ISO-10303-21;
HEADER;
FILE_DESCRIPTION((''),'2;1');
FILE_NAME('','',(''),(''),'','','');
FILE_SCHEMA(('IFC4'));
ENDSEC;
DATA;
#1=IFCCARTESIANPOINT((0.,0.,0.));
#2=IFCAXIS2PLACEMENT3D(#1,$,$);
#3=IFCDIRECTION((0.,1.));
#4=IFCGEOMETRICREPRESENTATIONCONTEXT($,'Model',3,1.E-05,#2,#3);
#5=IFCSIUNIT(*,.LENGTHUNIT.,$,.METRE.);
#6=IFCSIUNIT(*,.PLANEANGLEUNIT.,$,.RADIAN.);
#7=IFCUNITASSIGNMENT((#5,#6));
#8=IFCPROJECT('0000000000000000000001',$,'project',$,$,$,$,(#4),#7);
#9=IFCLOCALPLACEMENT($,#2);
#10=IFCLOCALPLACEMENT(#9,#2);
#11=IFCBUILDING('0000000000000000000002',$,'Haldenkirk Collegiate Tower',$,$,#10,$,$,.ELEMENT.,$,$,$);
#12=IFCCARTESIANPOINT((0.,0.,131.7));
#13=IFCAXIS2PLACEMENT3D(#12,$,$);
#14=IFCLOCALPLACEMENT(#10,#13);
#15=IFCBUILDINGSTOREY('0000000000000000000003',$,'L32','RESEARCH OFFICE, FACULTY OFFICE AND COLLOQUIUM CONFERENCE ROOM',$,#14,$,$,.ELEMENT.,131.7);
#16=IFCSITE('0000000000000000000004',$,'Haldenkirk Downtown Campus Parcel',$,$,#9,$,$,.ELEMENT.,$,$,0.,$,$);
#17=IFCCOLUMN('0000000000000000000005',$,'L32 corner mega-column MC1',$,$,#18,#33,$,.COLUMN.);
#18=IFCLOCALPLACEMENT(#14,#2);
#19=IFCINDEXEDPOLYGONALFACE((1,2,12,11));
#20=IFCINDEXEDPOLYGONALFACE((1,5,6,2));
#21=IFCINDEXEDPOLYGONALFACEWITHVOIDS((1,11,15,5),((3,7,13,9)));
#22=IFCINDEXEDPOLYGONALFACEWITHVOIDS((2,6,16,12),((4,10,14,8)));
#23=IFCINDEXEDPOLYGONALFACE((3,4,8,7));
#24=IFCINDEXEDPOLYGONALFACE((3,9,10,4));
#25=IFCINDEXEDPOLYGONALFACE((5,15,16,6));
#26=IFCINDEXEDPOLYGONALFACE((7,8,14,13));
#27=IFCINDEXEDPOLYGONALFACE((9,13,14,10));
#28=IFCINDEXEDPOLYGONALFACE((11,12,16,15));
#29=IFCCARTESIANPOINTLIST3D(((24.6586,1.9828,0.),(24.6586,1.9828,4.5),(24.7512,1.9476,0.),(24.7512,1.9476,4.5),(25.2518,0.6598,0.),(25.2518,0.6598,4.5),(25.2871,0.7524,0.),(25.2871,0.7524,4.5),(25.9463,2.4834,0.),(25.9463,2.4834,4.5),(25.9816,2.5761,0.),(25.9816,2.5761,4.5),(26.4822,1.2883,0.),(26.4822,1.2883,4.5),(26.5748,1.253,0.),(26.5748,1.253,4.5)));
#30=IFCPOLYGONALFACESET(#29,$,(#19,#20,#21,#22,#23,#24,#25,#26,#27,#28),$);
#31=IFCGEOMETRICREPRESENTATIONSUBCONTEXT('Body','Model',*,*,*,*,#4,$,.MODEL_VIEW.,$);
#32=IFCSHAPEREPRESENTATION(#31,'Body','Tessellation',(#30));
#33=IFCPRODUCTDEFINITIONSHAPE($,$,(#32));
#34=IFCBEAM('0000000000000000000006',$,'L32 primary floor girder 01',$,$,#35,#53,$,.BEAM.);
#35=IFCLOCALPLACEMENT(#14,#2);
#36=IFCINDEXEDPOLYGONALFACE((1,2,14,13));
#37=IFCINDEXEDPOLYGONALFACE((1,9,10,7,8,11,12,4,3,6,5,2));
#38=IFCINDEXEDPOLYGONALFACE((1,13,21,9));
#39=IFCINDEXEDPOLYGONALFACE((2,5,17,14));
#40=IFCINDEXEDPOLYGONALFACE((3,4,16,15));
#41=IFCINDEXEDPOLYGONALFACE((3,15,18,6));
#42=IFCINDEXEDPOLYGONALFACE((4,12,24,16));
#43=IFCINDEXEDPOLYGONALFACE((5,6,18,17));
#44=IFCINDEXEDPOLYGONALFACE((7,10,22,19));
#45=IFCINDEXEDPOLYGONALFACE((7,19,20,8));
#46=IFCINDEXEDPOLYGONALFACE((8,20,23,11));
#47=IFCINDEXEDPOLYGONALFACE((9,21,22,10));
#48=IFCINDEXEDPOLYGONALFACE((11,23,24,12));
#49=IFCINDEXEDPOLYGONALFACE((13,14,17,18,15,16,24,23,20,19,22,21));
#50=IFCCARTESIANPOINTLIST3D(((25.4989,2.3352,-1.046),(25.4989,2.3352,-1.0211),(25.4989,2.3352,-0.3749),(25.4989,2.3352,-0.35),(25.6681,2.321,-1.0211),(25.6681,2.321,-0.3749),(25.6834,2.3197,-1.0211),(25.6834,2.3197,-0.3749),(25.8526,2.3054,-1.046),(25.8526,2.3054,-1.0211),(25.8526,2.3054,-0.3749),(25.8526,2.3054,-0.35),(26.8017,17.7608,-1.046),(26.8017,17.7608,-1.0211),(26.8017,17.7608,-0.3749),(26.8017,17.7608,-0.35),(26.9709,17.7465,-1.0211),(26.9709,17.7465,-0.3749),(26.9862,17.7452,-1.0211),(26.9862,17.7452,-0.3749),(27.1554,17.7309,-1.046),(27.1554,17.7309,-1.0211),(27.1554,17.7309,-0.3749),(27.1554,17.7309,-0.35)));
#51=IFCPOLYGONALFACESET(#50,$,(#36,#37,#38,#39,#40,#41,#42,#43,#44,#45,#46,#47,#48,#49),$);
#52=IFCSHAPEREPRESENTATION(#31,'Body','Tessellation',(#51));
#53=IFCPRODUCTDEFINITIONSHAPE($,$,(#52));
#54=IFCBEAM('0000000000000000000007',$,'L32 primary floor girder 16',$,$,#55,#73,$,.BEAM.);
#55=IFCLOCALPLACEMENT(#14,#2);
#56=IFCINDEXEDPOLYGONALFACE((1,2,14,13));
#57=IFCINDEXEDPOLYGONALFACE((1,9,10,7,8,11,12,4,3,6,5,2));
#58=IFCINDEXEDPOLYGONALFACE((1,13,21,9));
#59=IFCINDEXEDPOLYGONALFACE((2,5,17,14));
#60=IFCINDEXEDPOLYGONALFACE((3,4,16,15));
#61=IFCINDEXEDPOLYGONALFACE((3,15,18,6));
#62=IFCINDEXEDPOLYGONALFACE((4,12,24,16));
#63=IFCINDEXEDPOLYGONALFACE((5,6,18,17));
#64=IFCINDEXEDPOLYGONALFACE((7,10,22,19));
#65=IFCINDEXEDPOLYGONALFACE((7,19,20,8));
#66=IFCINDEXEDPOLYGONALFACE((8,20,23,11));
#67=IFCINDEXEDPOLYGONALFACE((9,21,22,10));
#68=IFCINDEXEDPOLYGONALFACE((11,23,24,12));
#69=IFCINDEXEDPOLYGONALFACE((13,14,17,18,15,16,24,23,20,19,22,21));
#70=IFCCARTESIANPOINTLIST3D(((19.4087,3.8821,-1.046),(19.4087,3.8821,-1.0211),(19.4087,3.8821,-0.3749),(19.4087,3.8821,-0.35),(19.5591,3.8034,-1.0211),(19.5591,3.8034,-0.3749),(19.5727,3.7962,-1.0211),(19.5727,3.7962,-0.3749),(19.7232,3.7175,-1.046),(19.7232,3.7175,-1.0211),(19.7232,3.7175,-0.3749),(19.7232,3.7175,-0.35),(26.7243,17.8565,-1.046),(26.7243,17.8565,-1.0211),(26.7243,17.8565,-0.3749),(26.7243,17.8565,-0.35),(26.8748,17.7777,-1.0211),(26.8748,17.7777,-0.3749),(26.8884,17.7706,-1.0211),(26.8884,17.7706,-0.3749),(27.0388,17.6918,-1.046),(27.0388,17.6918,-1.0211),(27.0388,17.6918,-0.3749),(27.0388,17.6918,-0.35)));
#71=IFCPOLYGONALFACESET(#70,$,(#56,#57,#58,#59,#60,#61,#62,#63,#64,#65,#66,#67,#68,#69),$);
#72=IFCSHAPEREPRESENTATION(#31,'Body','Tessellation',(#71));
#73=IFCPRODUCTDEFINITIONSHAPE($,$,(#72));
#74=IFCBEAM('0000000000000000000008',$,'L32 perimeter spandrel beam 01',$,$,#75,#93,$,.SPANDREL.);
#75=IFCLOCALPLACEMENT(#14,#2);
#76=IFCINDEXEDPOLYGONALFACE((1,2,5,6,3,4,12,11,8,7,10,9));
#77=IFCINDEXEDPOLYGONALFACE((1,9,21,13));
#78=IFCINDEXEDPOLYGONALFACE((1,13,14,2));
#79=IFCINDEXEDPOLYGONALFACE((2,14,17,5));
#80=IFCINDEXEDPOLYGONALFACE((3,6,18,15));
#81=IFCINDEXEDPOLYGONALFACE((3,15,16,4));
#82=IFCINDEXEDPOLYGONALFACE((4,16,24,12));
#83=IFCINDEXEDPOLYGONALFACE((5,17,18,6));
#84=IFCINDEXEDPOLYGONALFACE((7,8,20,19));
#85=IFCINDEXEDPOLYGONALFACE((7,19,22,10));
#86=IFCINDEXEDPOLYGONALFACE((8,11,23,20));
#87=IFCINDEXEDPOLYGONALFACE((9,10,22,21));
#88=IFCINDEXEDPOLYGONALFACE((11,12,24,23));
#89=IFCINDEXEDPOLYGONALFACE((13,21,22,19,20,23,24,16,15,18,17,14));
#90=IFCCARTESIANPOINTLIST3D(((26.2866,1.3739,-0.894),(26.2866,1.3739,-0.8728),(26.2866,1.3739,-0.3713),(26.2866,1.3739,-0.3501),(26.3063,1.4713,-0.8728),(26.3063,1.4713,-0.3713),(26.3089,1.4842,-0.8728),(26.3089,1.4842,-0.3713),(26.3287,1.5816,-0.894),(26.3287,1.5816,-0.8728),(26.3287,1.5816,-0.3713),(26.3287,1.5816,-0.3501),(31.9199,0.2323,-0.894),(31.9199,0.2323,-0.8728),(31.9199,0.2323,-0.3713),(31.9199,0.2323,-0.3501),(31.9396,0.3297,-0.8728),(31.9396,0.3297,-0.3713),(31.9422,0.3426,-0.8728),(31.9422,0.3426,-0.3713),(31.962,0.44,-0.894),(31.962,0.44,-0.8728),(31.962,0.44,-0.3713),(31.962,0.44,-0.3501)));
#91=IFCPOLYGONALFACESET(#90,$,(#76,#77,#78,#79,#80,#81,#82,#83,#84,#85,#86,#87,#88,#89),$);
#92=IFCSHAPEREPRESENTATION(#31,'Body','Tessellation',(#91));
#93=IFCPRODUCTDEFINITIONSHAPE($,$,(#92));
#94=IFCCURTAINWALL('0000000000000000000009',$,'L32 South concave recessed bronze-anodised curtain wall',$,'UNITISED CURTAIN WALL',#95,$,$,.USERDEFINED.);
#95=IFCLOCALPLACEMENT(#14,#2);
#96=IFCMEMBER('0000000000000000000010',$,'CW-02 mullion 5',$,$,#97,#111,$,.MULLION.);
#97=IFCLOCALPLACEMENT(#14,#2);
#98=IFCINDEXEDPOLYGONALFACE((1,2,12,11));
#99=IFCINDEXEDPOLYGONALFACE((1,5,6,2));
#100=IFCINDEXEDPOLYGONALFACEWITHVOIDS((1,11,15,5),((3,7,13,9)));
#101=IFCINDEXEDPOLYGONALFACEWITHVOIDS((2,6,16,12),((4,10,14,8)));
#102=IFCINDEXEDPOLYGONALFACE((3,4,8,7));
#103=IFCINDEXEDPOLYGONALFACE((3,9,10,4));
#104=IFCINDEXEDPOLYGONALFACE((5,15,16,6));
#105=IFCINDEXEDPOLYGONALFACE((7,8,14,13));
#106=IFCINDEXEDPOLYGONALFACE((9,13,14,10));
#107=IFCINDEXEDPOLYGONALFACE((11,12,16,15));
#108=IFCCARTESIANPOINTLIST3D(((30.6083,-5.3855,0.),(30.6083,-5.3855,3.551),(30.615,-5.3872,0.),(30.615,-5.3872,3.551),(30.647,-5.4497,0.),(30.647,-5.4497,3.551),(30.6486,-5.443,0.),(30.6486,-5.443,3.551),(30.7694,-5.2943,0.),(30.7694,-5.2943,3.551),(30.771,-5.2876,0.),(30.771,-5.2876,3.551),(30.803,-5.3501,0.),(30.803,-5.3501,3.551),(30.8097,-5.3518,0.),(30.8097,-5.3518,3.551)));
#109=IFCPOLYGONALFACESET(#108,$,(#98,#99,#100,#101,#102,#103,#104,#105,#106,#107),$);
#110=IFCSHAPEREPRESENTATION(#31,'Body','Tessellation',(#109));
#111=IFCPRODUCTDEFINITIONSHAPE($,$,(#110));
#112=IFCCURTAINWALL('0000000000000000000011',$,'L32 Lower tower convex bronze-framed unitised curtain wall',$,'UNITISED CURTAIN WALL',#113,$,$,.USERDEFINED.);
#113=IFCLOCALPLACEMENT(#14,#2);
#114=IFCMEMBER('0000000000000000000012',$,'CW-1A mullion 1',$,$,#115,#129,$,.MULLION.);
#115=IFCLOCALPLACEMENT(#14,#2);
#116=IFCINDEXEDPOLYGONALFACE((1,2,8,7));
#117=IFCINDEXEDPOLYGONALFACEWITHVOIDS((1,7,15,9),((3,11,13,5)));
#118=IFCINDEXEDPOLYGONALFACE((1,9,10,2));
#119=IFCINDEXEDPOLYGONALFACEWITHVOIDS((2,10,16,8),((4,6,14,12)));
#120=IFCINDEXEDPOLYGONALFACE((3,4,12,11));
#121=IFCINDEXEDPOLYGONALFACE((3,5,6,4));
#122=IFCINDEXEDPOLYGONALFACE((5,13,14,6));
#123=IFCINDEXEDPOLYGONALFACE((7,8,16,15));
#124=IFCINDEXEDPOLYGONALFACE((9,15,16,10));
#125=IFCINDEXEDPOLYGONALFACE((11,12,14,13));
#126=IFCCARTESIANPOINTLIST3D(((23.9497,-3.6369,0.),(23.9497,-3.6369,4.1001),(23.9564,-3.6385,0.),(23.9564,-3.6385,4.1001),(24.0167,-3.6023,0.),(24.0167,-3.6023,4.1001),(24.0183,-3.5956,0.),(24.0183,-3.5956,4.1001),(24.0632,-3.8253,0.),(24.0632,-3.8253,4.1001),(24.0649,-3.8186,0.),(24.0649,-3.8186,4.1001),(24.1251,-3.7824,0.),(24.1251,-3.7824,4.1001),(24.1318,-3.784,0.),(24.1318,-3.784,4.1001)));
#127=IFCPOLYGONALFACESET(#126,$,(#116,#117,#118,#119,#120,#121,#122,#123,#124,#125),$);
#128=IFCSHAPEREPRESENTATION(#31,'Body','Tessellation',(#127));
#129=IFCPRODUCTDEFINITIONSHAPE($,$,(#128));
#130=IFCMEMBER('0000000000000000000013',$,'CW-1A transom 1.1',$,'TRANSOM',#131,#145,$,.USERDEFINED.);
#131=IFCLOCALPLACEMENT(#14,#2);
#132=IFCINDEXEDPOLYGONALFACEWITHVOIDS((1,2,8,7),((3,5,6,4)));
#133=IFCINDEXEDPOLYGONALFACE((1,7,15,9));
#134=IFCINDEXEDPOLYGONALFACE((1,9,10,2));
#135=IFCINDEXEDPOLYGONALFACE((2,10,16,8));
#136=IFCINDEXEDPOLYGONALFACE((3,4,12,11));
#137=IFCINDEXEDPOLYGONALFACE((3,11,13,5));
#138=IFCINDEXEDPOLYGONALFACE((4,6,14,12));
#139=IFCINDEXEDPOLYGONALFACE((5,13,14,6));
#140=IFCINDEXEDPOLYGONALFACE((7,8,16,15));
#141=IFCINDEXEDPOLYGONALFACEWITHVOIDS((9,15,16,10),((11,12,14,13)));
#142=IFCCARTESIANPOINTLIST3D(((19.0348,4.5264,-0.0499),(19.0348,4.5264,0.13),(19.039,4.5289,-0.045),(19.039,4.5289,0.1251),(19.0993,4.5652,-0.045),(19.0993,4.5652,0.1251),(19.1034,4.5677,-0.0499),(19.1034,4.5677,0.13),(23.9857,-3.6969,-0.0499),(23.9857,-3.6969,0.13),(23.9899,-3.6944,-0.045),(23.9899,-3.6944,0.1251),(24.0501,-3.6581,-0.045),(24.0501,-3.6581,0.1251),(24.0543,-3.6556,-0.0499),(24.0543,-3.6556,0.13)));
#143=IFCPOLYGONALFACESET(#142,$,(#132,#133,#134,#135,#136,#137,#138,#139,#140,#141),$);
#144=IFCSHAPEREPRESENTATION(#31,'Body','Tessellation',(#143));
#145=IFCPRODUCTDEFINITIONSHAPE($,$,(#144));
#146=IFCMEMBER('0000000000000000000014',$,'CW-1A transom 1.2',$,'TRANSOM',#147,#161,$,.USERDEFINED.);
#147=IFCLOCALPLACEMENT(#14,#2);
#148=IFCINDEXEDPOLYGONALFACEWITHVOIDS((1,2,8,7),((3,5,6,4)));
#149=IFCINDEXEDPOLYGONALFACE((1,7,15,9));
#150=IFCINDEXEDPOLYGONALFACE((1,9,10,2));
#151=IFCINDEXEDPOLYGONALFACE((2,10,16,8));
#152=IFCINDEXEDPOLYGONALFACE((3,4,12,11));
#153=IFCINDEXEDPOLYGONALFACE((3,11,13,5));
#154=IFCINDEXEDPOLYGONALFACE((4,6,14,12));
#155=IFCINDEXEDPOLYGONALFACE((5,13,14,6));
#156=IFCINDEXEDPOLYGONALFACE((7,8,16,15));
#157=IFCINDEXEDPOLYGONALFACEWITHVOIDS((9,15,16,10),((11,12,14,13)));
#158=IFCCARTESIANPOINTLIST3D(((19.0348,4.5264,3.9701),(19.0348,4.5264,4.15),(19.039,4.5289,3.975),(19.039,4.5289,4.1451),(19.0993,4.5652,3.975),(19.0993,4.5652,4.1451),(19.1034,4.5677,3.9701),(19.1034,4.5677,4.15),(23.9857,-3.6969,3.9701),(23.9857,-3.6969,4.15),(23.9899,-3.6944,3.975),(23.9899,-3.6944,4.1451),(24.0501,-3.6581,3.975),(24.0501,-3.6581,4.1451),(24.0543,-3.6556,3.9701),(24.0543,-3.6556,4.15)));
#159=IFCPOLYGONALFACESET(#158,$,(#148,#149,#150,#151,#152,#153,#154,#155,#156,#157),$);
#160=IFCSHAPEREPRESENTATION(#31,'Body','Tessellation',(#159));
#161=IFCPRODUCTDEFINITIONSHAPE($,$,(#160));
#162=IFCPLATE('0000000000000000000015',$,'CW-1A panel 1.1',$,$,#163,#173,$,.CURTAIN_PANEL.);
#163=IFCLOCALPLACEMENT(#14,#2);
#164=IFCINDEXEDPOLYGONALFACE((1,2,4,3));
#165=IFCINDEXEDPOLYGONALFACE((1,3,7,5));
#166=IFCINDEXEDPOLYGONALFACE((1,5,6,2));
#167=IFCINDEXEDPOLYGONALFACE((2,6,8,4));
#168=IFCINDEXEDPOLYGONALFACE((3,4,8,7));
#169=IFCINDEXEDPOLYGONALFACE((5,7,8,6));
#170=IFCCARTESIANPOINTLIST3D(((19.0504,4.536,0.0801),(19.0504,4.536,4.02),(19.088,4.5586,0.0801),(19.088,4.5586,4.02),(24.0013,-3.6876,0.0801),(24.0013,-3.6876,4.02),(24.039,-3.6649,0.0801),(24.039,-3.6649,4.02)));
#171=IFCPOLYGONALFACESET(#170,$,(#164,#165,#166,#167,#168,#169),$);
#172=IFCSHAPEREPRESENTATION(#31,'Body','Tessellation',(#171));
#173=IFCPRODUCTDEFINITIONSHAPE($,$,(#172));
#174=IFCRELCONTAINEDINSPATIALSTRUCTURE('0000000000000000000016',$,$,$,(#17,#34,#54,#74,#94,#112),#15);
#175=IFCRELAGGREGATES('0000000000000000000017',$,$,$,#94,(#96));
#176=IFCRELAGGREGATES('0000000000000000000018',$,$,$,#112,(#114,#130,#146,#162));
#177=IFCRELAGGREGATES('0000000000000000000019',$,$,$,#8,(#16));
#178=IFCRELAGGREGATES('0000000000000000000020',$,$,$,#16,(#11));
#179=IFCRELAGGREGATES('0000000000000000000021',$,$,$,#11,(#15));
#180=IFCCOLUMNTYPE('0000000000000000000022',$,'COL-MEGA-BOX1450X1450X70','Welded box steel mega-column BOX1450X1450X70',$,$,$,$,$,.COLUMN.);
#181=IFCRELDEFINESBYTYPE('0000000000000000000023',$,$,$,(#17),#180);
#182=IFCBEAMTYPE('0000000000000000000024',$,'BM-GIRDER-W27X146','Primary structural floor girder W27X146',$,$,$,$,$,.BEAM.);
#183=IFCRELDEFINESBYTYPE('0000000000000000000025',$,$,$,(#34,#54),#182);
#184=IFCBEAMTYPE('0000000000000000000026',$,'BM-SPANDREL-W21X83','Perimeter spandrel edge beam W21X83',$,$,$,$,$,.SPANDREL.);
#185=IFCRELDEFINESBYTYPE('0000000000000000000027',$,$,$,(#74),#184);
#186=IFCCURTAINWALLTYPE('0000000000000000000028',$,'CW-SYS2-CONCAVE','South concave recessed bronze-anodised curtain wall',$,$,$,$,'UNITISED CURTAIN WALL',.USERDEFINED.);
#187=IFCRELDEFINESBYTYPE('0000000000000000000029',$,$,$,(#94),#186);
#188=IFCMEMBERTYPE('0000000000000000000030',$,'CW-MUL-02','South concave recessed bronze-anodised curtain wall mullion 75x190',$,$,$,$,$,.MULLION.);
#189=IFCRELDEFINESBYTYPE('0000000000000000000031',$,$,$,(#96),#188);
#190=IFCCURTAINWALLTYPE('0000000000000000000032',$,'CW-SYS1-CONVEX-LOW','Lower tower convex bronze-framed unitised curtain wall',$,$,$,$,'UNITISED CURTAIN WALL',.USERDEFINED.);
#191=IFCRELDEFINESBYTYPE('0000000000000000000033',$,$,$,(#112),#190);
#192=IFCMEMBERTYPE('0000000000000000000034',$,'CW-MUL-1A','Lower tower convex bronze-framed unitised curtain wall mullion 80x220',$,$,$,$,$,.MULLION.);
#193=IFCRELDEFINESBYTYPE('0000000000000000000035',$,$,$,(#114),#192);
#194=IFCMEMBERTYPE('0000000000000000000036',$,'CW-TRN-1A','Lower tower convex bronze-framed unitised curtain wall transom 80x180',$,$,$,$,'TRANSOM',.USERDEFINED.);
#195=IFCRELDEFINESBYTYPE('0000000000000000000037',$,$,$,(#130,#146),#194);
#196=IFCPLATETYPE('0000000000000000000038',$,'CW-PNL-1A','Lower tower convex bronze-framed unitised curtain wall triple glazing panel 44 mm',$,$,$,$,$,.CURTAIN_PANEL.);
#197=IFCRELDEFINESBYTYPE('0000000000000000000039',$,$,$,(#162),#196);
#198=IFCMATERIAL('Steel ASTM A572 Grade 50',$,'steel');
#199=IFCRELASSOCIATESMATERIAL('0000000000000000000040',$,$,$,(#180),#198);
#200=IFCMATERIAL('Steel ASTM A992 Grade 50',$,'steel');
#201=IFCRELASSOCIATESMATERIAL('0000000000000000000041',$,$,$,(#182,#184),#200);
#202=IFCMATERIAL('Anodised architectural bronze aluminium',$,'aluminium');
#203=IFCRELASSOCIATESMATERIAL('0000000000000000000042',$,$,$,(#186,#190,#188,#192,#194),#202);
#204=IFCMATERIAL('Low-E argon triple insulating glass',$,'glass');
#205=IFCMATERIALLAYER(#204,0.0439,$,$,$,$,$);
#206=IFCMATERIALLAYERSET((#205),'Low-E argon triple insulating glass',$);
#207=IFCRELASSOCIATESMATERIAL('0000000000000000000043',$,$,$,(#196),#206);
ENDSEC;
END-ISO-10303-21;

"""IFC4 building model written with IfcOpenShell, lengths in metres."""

from ifc_helpers import new_model, si_unit, direction, frame, origin, origin_2d, place, context, subcontext, project, spatial, rectangle, hollow_rectangle, i_section, extrude, source, transform, mapped, material, layer, layer_set, material_profile, profile_set, type_object, element, aggregate, save


model = new_model("IFC4")

# Units and contexts
model_context = context("Model", 3, precision=1e-05, world=origin(), true_north=direction((0.0, 1.0)))
body_context = subcontext(model_context, "Body", "Model", "MODEL_VIEW")
ifc_project = project(units=[si_unit("LENGTHUNIT", "METRE"), si_unit("PLANEANGLEUNIT", "RADIAN")], contexts=[model_context])

# Site, building, storey
site_placement = place(None, origin())
site = spatial("IfcSite", under=ifc_project, at=site_placement, Name="Haldenkirk Downtown Campus Parcel", CompositionType="ELEMENT", RefElevation=0.0)
building_placement = place(site_placement, origin())
building = spatial("IfcBuilding", under=site, at=building_placement, Name="Haldenkirk Collegiate Tower", CompositionType="ELEMENT")
storey_placement = place(building_placement, frame((0.0, 0.0, 131.7)))
storey = spatial("IfcBuildingStorey", under=building, at=storey_placement, Name="L32", Description="RESEARCH OFFICE, FACULTY OFFICE AND COLLOQUIUM CONFERENCE ROOM", CompositionType="ELEMENT", Elevation=131.7)

# Column
ifc_material_1 = material(Name="Steel ASTM A572 Grade 50", Category="steel")
ifc_material_profile_1 = material_profile(ifc_material_1, hollow_rectangle(XDim=1.45, YDim=1.45, WallThickness=0.0701, at=origin_2d()), Name="BOX1450X1450X70")
ifc_profile_set_1 = profile_set([ifc_material_profile_1], Name="Steel ASTM A572 Grade 50")
column_type = type_object("IfcColumnType", Name="COL-MEGA-BOX1450X1450X70", Description="Welded box steel mega-column BOX1450X1450X70", PredefinedType="COLUMN", material=ifc_profile_set_1)
column_placement = place(storey_placement, frame((25.6167, 1.6179, 0.0), z_axis=(0.0, 0.0, 1.0), x_axis=(0.912477, 0.409127, 0.0)))
element("IfcColumn", 1, at=column_placement, inside=storey, type_object=column_type, Name="L32 corner mega-column MC1", PredefinedType="COLUMN", context=body_context, shape_type="SweptSolid", body=[
    extrude(hollow_rectangle(XDim=1.45, YDim=1.45, WallThickness=0.0701, at=origin_2d()), origin(), (0.0, 0.0, 1.0), 4.5),
])

# Beams
ifc_material_2 = material(Name="Steel ASTM A992 Grade 50", Category="steel")
ifc_material_profile_2 = material_profile(ifc_material_2, i_section(OverallWidth=0.355, OverallDepth=0.696, WebThickness=0.0154, FlangeThickness=0.0249, at=origin_2d()), Name="W27X146")
ifc_profile_set_2 = profile_set([ifc_material_profile_2], Name="Steel ASTM A992 Grade 50")
beam_type_1 = type_object("IfcBeamType", Name="BM-GIRDER-W27X146", Description="Primary structural floor girder W27X146", PredefinedType="BEAM", material=ifc_profile_set_2)
beam_1_placement = place(storey_placement, frame((25.6758, 2.3203, -0.698), z_axis=(0.084154, 0.996453, 0.0), x_axis=(-0.996453, 0.084154, 0.0)))
element("IfcBeam", 2, at=beam_1_placement, inside=storey, type_object=beam_type_1, Name="L32 primary floor girder 01", PredefinedType="BEAM", context=body_context, shape_type="SweptSolid", body=[
    extrude(i_section(OverallWidth=0.355, OverallDepth=0.696, WebThickness=0.0154, FlangeThickness=0.0249, at=origin_2d()), origin(), (0.0, 0.0, 1.0), 15.4805),
])
beam_2_placement = place(storey_placement, frame((19.5659, 3.7998, -0.698), z_axis=(0.463796, 0.885942, 0.0), x_axis=(-0.885942, 0.463796, 0.0)))
element("IfcBeam", 3, at=beam_2_placement, inside=storey, type_object=beam_type_1, Name="L32 primary floor girder 16", PredefinedType="BEAM", context=body_context, shape_type="SweptSolid", body=[
    extrude(i_section(OverallWidth=0.355, OverallDepth=0.696, WebThickness=0.0154, FlangeThickness=0.0249, at=origin_2d()), origin(), (0.0, 0.0, 1.0), 15.7734),
])
ifc_material_profile_3 = material_profile(ifc_material_2, i_section(OverallWidth=0.2119, OverallDepth=0.5439, WebThickness=0.0132, FlangeThickness=0.0212, at=origin_2d()), Name="W21X83")
ifc_profile_set_3 = profile_set([ifc_material_profile_3], Name="Steel ASTM A992 Grade 50")
beam_type_2 = type_object("IfcBeamType", Name="BM-SPANDREL-W21X83", Description="Perimeter spandrel edge beam W21X83", PredefinedType="SPANDREL", material=ifc_profile_set_3)
beam_3_placement = place(storey_placement, frame((26.3076, 1.4778, -0.6221), z_axis=(0.980078, -0.198615, 0.0), x_axis=(0.198615, 0.980078, 0.0)))
element("IfcBeam", 4, at=beam_3_placement, inside=storey, type_object=beam_type_2, Name="L32 perimeter spandrel beam 01", PredefinedType="SPANDREL", context=body_context, shape_type="SweptSolid", body=[
    extrude(i_section(OverallWidth=0.2119, OverallDepth=0.5439, WebThickness=0.0132, FlangeThickness=0.0212, at=origin_2d()), origin(), (0.0, 0.0, 1.0), 5.7478),
])

# Curtain wall, member
ifc_material_3 = material(Name="Anodised architectural bronze aluminium", Category="aluminium")
curtain_wall_type_1 = type_object("IfcCurtainWallType", Name="CW-SYS2-CONCAVE", Description="South concave recessed bronze-anodised curtain wall", ElementType="UNITISED CURTAIN WALL", PredefinedType="USERDEFINED", material=ifc_material_3)
curtain_wall_1_placement = place(storey_placement, origin())
curtain_wall_1 = element("IfcCurtainWall", 5, at=curtain_wall_1_placement, inside=storey, type_object=curtain_wall_type_1, Name="L32 South concave recessed bronze-anodised curtain wall", ObjectType="UNITISED CURTAIN WALL", PredefinedType="USERDEFINED")
ifc_material_profile_4 = material_profile(ifc_material_3, hollow_rectangle(XDim=0.075, YDim=0.1899, WallThickness=0.0049, at=origin_2d()), Name="CW-MUL-02")
ifc_profile_set_4 = profile_set([ifc_material_profile_4], Name="Anodised architectural bronze aluminium")
member_type_1 = type_object("IfcMemberType", Name="CW-MUL-02", Description="South concave recessed bronze-anodised curtain wall mullion 75x190", PredefinedType="MULLION", material=ifc_profile_set_4)
member_1_placement = place(storey_placement, frame((30.709, -5.3687, 0.0), z_axis=(0.0, 0.0, 1.0), x_axis=(0.515785, -0.856718, 0.0)))
member_1 = element("IfcMember", 6, at=member_1_placement, type_object=member_type_1, Name="CW-02 mullion 5", PredefinedType="MULLION", context=body_context, shape_type="SweptSolid", body=[
    extrude(hollow_rectangle(XDim=0.075, YDim=0.1899, WallThickness=0.0049, at=origin_2d()), origin(), (0.0, 0.0, 1.0), 3.551),
])
aggregate(curtain_wall_1, [member_1])

# Curtain wall, members, plate
curtain_wall_type_2 = type_object("IfcCurtainWallType", Name="CW-SYS1-CONVEX-LOW", Description="Lower tower convex bronze-framed unitised curtain wall", ElementType="UNITISED CURTAIN WALL", PredefinedType="USERDEFINED", material=ifc_material_3)
curtain_wall_2_placement = place(storey_placement, origin())
curtain_wall_2 = element("IfcCurtainWall", 7, at=curtain_wall_2_placement, inside=storey, type_object=curtain_wall_type_2, Name="L32 Lower tower convex bronze-framed unitised curtain wall", ObjectType="UNITISED CURTAIN WALL", PredefinedType="USERDEFINED")
ifc_material_profile_5 = material_profile(ifc_material_3, hollow_rectangle(XDim=0.0801, YDim=0.22, WallThickness=0.0049, at=origin_2d()), Name="CW-MUL-1A")
ifc_profile_set_5 = profile_set([ifc_material_profile_5], Name="Anodised architectural bronze aluminium")
member_type_2 = type_object("IfcMemberType", Name="CW-MUL-1A", Description="Lower tower convex bronze-framed unitised curtain wall mullion 80x220", PredefinedType="MULLION", material=ifc_profile_set_5)
member_2_placement = place(storey_placement, frame((24.0408, -3.7104, 0.0), z_axis=(0.0, 0.0, 1.0), x_axis=(-0.856718, -0.515785, 0.0)))
member_2 = element("IfcMember", 8, at=member_2_placement, type_object=member_type_2, Name="CW-1A mullion 1", PredefinedType="MULLION", context=body_context, shape_type="SweptSolid", body=[
    extrude(hollow_rectangle(XDim=0.0801, YDim=0.22, WallThickness=0.0049, at=origin_2d()), origin(), (0.0, 0.0, 1.0), 4.1001),
])
ifc_material_profile_6 = material_profile(ifc_material_3, hollow_rectangle(XDim=0.0801, YDim=0.1799, WallThickness=0.0049, at=origin_2d()), Name="CW-TRN-1A")
ifc_profile_set_6 = profile_set([ifc_material_profile_6], Name="Anodised architectural bronze aluminium")
member_type_3 = type_object("IfcMemberType", Name="CW-TRN-1A", Description="Lower tower convex bronze-framed unitised curtain wall transom 80x180", ElementType="TRANSOM", PredefinedType="USERDEFINED", material=ifc_profile_set_6)
member_3_placement = place(storey_placement, frame((24.02, -3.6763, 0.04), z_axis=(-0.515789, 0.856715, 0.0), x_axis=(-0.856715, -0.515789, 0.0)))
member_3 = element("IfcMember", 9, at=member_3_placement, type_object=member_type_3, Name="CW-1A transom 1.1", ObjectType="TRANSOM", PredefinedType="USERDEFINED", context=body_context, shape_type="SweptSolid", body=[
    extrude(hollow_rectangle(XDim=0.0801, YDim=0.1799, WallThickness=0.0049, at=origin_2d()), origin(), (0.0, 0.0, 1.0), 9.5986),
])
member_4_placement = place(storey_placement, frame((24.02, -3.6763, 4.0601), z_axis=(-0.515789, 0.856715, 0.0), x_axis=(-0.856715, -0.515789, 0.0)))
member_4 = element("IfcMember", 10, at=member_4_placement, type_object=member_type_3, Name="CW-1A transom 1.2", ObjectType="TRANSOM", PredefinedType="USERDEFINED", context=body_context, shape_type="SweptSolid", body=[
    extrude(hollow_rectangle(XDim=0.0801, YDim=0.1799, WallThickness=0.0049, at=origin_2d()), origin(), (0.0, 0.0, 1.0), 9.5986),
])
ifc_material_4 = material(Name="Low-E argon triple insulating glass", Category="glass")
ifc_layer_1 = layer(ifc_material_4, 0.0439)
ifc_layer_set_1 = layer_set([ifc_layer_1], Name="Low-E argon triple insulating glass")
plate_type = type_object("IfcPlateType", Name="CW-PNL-1A", Description="Lower tower convex bronze-framed unitised curtain wall triple glazing panel 44 mm", PredefinedType="CURTAIN_PANEL", material=ifc_layer_set_1)
shared_shape_1 = source(origin(), body_context, "Body", "SweptSolid", [
    extrude(rectangle(XDim=9.5989, YDim=0.0439, at=origin_2d()), origin(), (0.0, 0.0, 1.0), 3.9399),
])
plate_placement = place(storey_placement, frame((21.5447, 0.4355, 0.0801), z_axis=(0.0, 0.0, 1.0), x_axis=(-0.515785, 0.856718, 0.0)))
plate = element("IfcPlate", 11, at=plate_placement, type_object=plate_type, Name="CW-1A panel 1.1", PredefinedType="CURTAIN_PANEL", context=body_context, shape_type="MappedRepresentation", body=[
    mapped(shared_shape_1, transform((0.0, 0.0, 0.0), x_axis=(1.0, 0.0, 0.0), y_axis=(0.0, 1.0, 0.0), z_axis=(0.0, 0.0, 1.0), scale=1.0)),
])
aggregate(curtain_wall_2, [member_2, member_3, member_4, plate])

save(model, "model.ifc")
